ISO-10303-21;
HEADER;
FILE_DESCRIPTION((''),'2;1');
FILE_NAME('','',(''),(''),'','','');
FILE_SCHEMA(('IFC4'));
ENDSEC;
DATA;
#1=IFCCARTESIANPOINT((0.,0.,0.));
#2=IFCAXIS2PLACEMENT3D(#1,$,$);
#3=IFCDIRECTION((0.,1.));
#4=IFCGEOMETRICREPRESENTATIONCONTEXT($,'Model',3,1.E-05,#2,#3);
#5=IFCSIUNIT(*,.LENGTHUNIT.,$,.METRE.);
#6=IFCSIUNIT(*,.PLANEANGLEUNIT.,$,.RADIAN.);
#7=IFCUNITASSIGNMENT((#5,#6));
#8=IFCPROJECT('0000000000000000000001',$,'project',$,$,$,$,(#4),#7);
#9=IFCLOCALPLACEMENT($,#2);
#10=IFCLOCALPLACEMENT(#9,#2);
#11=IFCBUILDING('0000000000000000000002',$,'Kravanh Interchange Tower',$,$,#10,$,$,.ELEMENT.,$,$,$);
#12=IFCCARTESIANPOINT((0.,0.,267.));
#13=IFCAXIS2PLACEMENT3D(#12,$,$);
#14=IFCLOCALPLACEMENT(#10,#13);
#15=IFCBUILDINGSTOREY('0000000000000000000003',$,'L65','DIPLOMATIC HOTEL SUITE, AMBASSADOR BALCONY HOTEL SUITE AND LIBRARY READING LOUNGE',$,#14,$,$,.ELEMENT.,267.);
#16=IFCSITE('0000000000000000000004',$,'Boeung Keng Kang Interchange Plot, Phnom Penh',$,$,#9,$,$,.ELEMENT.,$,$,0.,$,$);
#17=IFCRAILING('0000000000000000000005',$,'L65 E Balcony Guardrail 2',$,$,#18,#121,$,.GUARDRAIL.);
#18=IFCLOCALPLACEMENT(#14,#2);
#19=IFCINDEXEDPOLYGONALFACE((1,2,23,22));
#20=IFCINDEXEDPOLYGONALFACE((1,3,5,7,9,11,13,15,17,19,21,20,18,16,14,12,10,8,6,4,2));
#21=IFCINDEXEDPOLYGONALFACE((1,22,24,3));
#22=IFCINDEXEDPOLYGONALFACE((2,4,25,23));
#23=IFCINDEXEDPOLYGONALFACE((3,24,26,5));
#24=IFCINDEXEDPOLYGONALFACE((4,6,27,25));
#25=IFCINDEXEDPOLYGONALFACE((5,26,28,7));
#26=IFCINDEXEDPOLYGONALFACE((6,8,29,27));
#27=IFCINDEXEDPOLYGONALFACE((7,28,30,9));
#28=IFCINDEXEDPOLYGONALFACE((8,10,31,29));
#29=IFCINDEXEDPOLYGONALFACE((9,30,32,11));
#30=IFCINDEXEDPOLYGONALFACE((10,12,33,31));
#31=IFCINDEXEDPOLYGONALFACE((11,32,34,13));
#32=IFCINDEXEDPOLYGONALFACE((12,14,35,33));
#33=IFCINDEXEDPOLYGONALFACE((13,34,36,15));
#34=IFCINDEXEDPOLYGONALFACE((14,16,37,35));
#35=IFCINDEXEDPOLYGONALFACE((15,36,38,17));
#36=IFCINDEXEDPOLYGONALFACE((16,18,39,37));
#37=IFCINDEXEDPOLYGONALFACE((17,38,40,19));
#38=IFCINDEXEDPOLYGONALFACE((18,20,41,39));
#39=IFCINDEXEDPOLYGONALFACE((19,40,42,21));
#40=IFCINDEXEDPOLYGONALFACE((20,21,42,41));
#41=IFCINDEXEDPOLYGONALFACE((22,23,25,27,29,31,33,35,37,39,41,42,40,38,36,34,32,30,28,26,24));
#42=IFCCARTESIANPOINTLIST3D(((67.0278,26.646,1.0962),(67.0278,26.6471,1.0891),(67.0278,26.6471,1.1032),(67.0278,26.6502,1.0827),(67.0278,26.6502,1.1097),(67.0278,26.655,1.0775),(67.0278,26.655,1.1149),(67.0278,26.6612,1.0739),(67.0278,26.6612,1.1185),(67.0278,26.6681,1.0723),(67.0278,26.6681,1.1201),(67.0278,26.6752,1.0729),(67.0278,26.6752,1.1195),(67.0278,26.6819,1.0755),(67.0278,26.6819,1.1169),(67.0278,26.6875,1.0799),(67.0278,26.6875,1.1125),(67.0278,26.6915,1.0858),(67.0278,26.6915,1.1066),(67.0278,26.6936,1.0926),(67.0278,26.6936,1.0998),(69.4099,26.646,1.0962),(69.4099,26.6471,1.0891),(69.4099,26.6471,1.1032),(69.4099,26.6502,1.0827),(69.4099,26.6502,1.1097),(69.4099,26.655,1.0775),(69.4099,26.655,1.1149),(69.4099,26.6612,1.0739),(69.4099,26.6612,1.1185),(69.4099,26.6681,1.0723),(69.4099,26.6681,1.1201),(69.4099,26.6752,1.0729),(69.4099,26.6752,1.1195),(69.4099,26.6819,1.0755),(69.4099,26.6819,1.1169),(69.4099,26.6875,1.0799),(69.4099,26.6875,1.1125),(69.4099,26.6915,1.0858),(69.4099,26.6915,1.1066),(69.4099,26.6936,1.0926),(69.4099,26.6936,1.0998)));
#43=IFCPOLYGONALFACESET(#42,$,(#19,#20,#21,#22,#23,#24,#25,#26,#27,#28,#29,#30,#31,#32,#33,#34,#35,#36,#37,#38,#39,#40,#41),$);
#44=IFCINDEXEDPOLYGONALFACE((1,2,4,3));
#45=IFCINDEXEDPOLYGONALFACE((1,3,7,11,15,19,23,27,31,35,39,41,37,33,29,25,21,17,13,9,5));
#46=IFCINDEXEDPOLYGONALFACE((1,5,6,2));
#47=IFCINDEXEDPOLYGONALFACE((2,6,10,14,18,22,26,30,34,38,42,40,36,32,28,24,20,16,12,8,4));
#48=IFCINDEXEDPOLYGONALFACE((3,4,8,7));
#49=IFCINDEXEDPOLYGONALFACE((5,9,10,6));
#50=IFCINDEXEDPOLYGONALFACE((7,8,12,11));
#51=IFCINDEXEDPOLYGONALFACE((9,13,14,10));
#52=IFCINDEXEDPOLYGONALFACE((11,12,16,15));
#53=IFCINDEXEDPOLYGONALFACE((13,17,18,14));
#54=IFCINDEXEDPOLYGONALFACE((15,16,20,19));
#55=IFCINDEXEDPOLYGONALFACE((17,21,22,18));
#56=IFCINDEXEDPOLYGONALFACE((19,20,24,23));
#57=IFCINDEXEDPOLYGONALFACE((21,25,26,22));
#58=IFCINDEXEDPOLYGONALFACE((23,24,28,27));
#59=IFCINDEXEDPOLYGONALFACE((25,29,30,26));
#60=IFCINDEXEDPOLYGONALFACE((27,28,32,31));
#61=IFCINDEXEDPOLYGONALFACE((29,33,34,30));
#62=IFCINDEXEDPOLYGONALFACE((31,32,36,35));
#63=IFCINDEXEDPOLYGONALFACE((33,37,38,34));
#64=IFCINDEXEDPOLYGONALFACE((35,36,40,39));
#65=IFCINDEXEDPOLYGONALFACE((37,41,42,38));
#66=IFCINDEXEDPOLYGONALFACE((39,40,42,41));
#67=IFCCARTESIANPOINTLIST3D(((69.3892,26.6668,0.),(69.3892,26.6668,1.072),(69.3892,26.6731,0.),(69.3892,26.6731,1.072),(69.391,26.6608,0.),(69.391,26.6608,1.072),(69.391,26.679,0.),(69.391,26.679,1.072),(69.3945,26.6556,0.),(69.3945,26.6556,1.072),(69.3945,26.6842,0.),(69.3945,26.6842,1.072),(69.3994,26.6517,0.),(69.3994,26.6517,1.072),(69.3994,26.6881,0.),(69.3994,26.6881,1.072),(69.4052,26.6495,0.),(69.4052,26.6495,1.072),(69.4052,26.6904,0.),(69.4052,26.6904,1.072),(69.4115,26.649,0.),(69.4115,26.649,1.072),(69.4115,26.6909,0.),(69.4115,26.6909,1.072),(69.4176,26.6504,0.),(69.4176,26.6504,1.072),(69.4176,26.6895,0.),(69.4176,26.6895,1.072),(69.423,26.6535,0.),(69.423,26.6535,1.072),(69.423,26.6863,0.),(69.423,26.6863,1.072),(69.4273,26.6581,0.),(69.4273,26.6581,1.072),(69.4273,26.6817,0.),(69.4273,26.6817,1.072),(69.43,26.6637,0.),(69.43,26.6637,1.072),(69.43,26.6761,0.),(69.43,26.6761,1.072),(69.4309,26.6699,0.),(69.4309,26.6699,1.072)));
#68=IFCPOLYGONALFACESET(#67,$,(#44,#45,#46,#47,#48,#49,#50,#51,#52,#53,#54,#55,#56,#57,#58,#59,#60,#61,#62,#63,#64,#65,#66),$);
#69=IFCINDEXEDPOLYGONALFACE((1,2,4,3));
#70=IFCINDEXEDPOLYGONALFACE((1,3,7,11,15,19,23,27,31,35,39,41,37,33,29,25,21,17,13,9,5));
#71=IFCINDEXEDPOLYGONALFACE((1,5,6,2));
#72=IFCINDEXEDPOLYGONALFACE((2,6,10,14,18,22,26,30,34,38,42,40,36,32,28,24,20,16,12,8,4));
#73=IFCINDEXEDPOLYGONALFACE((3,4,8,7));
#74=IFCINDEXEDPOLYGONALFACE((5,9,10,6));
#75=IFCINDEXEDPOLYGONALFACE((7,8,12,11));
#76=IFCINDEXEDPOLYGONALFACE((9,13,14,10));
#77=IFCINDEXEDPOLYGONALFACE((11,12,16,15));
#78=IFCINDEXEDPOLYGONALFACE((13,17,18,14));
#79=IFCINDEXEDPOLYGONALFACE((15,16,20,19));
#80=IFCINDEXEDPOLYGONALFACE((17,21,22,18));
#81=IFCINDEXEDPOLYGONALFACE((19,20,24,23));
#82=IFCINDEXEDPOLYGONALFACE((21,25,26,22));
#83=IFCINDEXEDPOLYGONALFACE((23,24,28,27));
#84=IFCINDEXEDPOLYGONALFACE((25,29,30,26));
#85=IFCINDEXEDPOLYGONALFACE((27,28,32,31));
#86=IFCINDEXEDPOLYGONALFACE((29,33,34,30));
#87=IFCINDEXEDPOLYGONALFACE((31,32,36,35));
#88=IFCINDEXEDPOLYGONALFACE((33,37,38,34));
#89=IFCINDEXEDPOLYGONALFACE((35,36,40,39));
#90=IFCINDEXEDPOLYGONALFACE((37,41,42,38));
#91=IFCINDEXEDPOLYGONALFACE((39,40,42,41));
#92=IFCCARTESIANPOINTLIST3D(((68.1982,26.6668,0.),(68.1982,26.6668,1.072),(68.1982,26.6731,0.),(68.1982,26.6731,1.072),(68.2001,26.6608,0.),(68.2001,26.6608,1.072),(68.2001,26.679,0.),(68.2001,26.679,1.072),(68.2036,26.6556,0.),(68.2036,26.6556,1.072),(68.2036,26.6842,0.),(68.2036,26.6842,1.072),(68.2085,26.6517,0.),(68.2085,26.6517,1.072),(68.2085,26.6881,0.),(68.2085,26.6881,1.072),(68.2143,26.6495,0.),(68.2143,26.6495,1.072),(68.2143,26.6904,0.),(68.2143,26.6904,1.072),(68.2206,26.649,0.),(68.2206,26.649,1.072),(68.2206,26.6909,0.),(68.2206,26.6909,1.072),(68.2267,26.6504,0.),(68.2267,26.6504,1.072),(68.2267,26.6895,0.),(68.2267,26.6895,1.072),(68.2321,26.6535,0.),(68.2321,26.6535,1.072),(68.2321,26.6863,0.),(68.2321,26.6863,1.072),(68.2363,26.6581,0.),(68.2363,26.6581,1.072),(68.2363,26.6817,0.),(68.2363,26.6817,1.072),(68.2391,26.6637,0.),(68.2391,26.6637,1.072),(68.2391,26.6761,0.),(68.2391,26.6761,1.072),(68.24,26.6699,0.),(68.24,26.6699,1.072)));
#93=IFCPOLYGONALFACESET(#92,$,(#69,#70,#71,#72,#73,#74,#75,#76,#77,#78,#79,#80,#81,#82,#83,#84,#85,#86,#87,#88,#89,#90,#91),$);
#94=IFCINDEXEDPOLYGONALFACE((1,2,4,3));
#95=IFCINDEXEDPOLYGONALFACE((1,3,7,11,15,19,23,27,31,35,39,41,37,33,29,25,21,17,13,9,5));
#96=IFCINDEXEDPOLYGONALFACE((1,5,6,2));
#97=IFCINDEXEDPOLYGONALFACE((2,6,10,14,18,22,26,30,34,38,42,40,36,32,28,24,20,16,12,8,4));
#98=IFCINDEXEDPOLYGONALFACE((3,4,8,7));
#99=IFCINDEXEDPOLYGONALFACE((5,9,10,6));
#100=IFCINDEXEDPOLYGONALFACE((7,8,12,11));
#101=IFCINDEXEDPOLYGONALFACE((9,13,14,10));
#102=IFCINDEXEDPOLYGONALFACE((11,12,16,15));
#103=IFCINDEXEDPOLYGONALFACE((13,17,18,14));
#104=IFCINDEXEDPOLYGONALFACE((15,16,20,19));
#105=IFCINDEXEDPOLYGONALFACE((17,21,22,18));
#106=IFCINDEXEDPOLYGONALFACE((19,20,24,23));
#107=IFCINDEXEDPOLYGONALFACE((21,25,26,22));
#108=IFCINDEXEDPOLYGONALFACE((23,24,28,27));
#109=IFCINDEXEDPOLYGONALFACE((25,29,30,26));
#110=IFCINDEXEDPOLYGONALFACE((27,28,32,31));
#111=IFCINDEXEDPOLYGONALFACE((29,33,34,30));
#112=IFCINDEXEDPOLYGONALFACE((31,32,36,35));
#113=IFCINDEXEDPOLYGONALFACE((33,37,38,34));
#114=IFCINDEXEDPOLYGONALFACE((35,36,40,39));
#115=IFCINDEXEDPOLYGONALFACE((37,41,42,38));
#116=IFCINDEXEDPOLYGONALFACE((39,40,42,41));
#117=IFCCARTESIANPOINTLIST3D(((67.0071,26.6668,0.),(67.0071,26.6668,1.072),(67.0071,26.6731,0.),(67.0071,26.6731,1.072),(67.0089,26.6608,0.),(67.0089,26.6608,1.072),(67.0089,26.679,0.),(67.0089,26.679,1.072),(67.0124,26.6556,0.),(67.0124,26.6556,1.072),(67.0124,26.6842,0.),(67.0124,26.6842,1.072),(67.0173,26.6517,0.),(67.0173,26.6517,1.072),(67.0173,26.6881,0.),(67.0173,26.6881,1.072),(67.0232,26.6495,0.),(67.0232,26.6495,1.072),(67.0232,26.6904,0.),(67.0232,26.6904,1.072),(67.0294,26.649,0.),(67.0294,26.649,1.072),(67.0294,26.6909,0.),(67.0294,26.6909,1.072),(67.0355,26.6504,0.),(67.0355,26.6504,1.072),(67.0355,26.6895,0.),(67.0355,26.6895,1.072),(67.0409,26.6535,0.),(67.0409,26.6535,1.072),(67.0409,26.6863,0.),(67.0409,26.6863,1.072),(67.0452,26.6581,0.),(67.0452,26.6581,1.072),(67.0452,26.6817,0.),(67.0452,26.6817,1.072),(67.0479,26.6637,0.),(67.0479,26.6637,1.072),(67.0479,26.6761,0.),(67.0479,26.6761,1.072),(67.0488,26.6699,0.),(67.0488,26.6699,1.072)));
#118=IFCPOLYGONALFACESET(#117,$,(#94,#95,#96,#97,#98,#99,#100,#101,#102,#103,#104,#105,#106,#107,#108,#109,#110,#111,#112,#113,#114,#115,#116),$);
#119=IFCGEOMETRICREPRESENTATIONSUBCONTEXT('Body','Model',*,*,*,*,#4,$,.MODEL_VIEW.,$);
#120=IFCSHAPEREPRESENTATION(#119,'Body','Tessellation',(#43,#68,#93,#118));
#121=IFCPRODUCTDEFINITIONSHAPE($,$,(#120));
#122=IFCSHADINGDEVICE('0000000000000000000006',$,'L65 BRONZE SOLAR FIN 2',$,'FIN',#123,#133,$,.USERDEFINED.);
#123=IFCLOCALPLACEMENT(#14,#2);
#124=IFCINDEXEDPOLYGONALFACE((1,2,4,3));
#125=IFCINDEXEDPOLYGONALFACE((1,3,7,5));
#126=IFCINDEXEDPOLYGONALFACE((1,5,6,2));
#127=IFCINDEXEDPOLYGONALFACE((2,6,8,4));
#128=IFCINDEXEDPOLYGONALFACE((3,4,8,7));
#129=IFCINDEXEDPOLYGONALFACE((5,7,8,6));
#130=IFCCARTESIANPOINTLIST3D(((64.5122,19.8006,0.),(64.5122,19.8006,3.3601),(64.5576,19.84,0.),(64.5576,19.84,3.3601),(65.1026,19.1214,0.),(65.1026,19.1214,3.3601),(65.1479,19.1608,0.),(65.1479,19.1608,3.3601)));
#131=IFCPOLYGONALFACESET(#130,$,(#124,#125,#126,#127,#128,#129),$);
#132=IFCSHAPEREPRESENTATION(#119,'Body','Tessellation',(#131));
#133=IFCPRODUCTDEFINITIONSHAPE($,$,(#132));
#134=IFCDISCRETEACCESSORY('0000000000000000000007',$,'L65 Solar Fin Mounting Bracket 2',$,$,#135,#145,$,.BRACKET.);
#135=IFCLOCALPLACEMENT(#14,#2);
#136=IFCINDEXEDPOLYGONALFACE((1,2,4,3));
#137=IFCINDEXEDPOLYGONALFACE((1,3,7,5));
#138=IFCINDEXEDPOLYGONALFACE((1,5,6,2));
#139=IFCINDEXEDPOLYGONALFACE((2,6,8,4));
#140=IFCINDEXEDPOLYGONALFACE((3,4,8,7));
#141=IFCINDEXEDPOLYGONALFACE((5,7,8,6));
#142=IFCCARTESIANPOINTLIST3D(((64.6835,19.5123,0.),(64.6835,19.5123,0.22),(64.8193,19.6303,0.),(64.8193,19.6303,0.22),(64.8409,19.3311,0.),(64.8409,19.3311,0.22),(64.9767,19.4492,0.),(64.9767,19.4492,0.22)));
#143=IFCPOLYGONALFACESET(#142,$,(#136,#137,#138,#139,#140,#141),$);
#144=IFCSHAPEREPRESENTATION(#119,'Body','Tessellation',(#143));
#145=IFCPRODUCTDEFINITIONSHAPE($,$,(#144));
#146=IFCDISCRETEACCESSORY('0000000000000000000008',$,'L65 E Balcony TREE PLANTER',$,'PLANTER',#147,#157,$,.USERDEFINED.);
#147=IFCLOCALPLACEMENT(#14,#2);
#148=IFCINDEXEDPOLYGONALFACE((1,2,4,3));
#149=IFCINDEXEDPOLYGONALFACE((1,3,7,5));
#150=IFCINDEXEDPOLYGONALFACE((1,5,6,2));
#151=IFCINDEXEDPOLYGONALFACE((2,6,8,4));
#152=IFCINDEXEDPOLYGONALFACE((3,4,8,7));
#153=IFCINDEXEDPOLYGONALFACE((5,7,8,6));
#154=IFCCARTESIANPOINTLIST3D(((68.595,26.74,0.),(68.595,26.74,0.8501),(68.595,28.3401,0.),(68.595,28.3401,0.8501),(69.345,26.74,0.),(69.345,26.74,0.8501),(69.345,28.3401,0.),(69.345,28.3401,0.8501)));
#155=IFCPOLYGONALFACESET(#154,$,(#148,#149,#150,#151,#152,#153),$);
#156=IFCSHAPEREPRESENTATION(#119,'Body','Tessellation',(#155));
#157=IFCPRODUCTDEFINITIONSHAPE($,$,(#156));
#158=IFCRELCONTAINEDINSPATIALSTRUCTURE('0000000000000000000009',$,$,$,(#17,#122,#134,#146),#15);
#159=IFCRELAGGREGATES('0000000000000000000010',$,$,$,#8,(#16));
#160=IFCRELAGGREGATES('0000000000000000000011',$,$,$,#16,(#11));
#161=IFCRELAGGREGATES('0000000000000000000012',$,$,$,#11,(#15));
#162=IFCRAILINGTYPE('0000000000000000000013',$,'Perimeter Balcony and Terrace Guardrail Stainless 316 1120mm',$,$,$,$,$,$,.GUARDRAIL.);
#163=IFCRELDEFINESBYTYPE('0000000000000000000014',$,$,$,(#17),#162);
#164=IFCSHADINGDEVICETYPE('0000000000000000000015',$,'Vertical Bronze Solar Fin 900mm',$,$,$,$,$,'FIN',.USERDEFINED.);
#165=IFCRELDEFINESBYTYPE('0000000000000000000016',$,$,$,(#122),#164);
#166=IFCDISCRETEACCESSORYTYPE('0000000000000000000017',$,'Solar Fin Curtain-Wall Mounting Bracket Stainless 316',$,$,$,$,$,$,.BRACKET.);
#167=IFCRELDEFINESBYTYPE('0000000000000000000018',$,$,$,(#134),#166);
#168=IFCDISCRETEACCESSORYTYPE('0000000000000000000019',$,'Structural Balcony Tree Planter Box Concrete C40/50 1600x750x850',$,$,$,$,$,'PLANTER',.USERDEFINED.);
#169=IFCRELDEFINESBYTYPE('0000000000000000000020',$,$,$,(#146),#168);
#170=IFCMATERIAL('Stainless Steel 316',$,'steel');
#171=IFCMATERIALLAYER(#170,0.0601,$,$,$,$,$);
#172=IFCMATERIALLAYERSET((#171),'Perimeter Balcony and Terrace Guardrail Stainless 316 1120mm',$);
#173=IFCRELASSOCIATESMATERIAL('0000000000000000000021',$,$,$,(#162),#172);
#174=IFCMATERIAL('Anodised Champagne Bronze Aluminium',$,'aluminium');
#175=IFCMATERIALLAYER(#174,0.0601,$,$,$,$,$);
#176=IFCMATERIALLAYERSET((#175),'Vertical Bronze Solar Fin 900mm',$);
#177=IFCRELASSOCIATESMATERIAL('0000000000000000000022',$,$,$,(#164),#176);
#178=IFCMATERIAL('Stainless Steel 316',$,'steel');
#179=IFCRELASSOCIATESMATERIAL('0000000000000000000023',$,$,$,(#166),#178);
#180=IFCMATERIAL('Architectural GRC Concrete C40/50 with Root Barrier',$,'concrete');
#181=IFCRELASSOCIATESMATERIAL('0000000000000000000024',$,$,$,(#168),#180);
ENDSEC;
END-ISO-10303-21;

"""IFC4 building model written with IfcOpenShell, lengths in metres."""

from ifc_helpers import new_model, si_unit, direction, frame, origin, origin_2d, place, context, subcontext, project, spatial, rectangle, circle, extrude, material, layer, layer_set, type_object, element, save


model = new_model("IFC4")

# Units and contexts
model_context = context("Model", 3, precision=1e-05, world=origin(), true_north=direction((0.0, 1.0)))
body_context = subcontext(model_context, "Body", "Model", "MODEL_VIEW")
ifc_project = project(units=[si_unit("LENGTHUNIT", "METRE"), si_unit("PLANEANGLEUNIT", "RADIAN")], contexts=[model_context])

# Site, building, storey
site_placement = place(None, origin())
site = spatial("IfcSite", under=ifc_project, at=site_placement, Name="Boeung Keng Kang Interchange Plot, Phnom Penh", CompositionType="ELEMENT", RefElevation=0.0)
building_placement = place(site_placement, origin())
building = spatial("IfcBuilding", under=site, at=building_placement, Name="Kravanh Interchange Tower", CompositionType="ELEMENT")
storey_placement = place(building_placement, frame((0.0, 0.0, 267.0)))
storey = spatial("IfcBuildingStorey", under=building, at=storey_placement, Name="L65", Description="DIPLOMATIC HOTEL SUITE, AMBASSADOR BALCONY HOTEL SUITE AND LIBRARY READING LOUNGE", CompositionType="ELEMENT", Elevation=267.0)

# Railing
ifc_material_1 = material(Name="Stainless Steel 316", Category="steel")
ifc_layer_1 = layer(ifc_material_1, 0.0601)
ifc_layer_set_1 = layer_set([ifc_layer_1], Name="Perimeter Balcony and Terrace Guardrail Stainless 316 1120mm")
railing_type = type_object("IfcRailingType", Name="Perimeter Balcony and Terrace Guardrail Stainless 316 1120mm", PredefinedType="GUARDRAIL", material=ifc_layer_set_1)
railing_placement = place(storey_placement, frame((69.4099, 26.6699, 0.0)))
element("IfcRailing", 1, at=railing_placement, inside=storey, type_object=railing_type, Name="L65 E Balcony Guardrail 2", PredefinedType="GUARDRAIL", context=body_context, shape_type="SweptSolid", body=[
    extrude(circle(Radius=0.0239, at=origin_2d()), frame((0.0, 0.0, 1.0962), z_axis=(-1.0, 0.0, 0.0), x_axis=(0.0, -1.0, 0.0)), (0.0, 0.0, 1.0), 2.3821),
    extrude(circle(Radius=0.021, at=origin_2d()), origin(), (0.0, 0.0, 1.0), 1.072),
    extrude(circle(Radius=0.021, at=origin_2d()), frame((-1.1909, 0.0, 0.0)), (0.0, 0.0, 1.0), 1.072),
    extrude(circle(Radius=0.021, at=origin_2d()), frame((-2.3821, 0.0, 0.0)), (0.0, 0.0, 1.0), 1.072),
])

# Shading device
ifc_material_2 = material(Name="Anodised Champagne Bronze Aluminium", Category="aluminium")
ifc_layer_2 = layer(ifc_material_2, 0.0601)
ifc_layer_set_2 = layer_set([ifc_layer_2], Name="Vertical Bronze Solar Fin 900mm")
shading_device_type_1 = type_object("IfcShadingDeviceType", Name="Vertical Bronze Solar Fin 900mm", ElementType="FIN", PredefinedType="USERDEFINED", material=ifc_layer_set_2)
shading_device_1_placement = place(storey_placement, frame((64.8301, 19.4807, 0.0), z_axis=(0.0, 0.0, 1.0), x_axis=(0.656043, -0.754723, 0.0)))
element("IfcShadingDevice", 2, at=shading_device_1_placement, inside=storey, type_object=shading_device_type_1, Name="L65 BRONZE SOLAR FIN 2", ObjectType="FIN", PredefinedType="USERDEFINED", context=body_context, shape_type="SweptSolid", body=[
    extrude(rectangle(XDim=0.8999, YDim=0.0601, at=origin_2d()), origin(), (0.0, 0.0, 1.0), 3.3601),
])

# Discrete accessories
ifc_material_3 = material(Name="Stainless Steel 316", Category="steel")
discrete_accessory_type_1 = type_object("IfcDiscreteAccessoryType", Name="Solar Fin Curtain-Wall Mounting Bracket Stainless 316", PredefinedType="BRACKET", material=ifc_material_3)
discrete_accessory_1_placement = place(storey_placement, frame((64.8301, 19.4807, 0.0), z_axis=(0.0, 0.0, 1.0), x_axis=(0.656043, -0.754723, 0.0)))
element("IfcDiscreteAccessory", 3, at=discrete_accessory_1_placement, inside=storey, type_object=discrete_accessory_type_1, Name="L65 Solar Fin Mounting Bracket 2", PredefinedType="BRACKET", context=body_context, shape_type="SweptSolid", body=[
    extrude(rectangle(XDim=0.24, YDim=0.1799, at=origin_2d()), origin(), (0.0, 0.0, 1.0), 0.22),
])
ifc_material_4 = material(Name="Architectural GRC Concrete C40/50 with Root Barrier", Category="concrete")
discrete_accessory_type_2 = type_object("IfcDiscreteAccessoryType", Name="Structural Balcony Tree Planter Box Concrete C40/50 1600x750x850", ElementType="PLANTER", PredefinedType="USERDEFINED", material=ifc_material_4)
discrete_accessory_2_placement = place(storey_placement, frame((68.97, 27.54, 0.0), z_axis=(0.0, 0.0, 1.0), x_axis=(1.0, 0.0, 0.0)))
element("IfcDiscreteAccessory", 4, at=discrete_accessory_2_placement, inside=storey, type_object=discrete_accessory_type_2, Name="L65 E Balcony TREE PLANTER", ObjectType="PLANTER", PredefinedType="USERDEFINED", context=body_context, shape_type="SweptSolid", body=[
    extrude(rectangle(XDim=0.75, YDim=1.6001, at=origin_2d()), origin(), (0.0, 0.0, 1.0), 0.8501),
])

save(model, "model.ifc")
